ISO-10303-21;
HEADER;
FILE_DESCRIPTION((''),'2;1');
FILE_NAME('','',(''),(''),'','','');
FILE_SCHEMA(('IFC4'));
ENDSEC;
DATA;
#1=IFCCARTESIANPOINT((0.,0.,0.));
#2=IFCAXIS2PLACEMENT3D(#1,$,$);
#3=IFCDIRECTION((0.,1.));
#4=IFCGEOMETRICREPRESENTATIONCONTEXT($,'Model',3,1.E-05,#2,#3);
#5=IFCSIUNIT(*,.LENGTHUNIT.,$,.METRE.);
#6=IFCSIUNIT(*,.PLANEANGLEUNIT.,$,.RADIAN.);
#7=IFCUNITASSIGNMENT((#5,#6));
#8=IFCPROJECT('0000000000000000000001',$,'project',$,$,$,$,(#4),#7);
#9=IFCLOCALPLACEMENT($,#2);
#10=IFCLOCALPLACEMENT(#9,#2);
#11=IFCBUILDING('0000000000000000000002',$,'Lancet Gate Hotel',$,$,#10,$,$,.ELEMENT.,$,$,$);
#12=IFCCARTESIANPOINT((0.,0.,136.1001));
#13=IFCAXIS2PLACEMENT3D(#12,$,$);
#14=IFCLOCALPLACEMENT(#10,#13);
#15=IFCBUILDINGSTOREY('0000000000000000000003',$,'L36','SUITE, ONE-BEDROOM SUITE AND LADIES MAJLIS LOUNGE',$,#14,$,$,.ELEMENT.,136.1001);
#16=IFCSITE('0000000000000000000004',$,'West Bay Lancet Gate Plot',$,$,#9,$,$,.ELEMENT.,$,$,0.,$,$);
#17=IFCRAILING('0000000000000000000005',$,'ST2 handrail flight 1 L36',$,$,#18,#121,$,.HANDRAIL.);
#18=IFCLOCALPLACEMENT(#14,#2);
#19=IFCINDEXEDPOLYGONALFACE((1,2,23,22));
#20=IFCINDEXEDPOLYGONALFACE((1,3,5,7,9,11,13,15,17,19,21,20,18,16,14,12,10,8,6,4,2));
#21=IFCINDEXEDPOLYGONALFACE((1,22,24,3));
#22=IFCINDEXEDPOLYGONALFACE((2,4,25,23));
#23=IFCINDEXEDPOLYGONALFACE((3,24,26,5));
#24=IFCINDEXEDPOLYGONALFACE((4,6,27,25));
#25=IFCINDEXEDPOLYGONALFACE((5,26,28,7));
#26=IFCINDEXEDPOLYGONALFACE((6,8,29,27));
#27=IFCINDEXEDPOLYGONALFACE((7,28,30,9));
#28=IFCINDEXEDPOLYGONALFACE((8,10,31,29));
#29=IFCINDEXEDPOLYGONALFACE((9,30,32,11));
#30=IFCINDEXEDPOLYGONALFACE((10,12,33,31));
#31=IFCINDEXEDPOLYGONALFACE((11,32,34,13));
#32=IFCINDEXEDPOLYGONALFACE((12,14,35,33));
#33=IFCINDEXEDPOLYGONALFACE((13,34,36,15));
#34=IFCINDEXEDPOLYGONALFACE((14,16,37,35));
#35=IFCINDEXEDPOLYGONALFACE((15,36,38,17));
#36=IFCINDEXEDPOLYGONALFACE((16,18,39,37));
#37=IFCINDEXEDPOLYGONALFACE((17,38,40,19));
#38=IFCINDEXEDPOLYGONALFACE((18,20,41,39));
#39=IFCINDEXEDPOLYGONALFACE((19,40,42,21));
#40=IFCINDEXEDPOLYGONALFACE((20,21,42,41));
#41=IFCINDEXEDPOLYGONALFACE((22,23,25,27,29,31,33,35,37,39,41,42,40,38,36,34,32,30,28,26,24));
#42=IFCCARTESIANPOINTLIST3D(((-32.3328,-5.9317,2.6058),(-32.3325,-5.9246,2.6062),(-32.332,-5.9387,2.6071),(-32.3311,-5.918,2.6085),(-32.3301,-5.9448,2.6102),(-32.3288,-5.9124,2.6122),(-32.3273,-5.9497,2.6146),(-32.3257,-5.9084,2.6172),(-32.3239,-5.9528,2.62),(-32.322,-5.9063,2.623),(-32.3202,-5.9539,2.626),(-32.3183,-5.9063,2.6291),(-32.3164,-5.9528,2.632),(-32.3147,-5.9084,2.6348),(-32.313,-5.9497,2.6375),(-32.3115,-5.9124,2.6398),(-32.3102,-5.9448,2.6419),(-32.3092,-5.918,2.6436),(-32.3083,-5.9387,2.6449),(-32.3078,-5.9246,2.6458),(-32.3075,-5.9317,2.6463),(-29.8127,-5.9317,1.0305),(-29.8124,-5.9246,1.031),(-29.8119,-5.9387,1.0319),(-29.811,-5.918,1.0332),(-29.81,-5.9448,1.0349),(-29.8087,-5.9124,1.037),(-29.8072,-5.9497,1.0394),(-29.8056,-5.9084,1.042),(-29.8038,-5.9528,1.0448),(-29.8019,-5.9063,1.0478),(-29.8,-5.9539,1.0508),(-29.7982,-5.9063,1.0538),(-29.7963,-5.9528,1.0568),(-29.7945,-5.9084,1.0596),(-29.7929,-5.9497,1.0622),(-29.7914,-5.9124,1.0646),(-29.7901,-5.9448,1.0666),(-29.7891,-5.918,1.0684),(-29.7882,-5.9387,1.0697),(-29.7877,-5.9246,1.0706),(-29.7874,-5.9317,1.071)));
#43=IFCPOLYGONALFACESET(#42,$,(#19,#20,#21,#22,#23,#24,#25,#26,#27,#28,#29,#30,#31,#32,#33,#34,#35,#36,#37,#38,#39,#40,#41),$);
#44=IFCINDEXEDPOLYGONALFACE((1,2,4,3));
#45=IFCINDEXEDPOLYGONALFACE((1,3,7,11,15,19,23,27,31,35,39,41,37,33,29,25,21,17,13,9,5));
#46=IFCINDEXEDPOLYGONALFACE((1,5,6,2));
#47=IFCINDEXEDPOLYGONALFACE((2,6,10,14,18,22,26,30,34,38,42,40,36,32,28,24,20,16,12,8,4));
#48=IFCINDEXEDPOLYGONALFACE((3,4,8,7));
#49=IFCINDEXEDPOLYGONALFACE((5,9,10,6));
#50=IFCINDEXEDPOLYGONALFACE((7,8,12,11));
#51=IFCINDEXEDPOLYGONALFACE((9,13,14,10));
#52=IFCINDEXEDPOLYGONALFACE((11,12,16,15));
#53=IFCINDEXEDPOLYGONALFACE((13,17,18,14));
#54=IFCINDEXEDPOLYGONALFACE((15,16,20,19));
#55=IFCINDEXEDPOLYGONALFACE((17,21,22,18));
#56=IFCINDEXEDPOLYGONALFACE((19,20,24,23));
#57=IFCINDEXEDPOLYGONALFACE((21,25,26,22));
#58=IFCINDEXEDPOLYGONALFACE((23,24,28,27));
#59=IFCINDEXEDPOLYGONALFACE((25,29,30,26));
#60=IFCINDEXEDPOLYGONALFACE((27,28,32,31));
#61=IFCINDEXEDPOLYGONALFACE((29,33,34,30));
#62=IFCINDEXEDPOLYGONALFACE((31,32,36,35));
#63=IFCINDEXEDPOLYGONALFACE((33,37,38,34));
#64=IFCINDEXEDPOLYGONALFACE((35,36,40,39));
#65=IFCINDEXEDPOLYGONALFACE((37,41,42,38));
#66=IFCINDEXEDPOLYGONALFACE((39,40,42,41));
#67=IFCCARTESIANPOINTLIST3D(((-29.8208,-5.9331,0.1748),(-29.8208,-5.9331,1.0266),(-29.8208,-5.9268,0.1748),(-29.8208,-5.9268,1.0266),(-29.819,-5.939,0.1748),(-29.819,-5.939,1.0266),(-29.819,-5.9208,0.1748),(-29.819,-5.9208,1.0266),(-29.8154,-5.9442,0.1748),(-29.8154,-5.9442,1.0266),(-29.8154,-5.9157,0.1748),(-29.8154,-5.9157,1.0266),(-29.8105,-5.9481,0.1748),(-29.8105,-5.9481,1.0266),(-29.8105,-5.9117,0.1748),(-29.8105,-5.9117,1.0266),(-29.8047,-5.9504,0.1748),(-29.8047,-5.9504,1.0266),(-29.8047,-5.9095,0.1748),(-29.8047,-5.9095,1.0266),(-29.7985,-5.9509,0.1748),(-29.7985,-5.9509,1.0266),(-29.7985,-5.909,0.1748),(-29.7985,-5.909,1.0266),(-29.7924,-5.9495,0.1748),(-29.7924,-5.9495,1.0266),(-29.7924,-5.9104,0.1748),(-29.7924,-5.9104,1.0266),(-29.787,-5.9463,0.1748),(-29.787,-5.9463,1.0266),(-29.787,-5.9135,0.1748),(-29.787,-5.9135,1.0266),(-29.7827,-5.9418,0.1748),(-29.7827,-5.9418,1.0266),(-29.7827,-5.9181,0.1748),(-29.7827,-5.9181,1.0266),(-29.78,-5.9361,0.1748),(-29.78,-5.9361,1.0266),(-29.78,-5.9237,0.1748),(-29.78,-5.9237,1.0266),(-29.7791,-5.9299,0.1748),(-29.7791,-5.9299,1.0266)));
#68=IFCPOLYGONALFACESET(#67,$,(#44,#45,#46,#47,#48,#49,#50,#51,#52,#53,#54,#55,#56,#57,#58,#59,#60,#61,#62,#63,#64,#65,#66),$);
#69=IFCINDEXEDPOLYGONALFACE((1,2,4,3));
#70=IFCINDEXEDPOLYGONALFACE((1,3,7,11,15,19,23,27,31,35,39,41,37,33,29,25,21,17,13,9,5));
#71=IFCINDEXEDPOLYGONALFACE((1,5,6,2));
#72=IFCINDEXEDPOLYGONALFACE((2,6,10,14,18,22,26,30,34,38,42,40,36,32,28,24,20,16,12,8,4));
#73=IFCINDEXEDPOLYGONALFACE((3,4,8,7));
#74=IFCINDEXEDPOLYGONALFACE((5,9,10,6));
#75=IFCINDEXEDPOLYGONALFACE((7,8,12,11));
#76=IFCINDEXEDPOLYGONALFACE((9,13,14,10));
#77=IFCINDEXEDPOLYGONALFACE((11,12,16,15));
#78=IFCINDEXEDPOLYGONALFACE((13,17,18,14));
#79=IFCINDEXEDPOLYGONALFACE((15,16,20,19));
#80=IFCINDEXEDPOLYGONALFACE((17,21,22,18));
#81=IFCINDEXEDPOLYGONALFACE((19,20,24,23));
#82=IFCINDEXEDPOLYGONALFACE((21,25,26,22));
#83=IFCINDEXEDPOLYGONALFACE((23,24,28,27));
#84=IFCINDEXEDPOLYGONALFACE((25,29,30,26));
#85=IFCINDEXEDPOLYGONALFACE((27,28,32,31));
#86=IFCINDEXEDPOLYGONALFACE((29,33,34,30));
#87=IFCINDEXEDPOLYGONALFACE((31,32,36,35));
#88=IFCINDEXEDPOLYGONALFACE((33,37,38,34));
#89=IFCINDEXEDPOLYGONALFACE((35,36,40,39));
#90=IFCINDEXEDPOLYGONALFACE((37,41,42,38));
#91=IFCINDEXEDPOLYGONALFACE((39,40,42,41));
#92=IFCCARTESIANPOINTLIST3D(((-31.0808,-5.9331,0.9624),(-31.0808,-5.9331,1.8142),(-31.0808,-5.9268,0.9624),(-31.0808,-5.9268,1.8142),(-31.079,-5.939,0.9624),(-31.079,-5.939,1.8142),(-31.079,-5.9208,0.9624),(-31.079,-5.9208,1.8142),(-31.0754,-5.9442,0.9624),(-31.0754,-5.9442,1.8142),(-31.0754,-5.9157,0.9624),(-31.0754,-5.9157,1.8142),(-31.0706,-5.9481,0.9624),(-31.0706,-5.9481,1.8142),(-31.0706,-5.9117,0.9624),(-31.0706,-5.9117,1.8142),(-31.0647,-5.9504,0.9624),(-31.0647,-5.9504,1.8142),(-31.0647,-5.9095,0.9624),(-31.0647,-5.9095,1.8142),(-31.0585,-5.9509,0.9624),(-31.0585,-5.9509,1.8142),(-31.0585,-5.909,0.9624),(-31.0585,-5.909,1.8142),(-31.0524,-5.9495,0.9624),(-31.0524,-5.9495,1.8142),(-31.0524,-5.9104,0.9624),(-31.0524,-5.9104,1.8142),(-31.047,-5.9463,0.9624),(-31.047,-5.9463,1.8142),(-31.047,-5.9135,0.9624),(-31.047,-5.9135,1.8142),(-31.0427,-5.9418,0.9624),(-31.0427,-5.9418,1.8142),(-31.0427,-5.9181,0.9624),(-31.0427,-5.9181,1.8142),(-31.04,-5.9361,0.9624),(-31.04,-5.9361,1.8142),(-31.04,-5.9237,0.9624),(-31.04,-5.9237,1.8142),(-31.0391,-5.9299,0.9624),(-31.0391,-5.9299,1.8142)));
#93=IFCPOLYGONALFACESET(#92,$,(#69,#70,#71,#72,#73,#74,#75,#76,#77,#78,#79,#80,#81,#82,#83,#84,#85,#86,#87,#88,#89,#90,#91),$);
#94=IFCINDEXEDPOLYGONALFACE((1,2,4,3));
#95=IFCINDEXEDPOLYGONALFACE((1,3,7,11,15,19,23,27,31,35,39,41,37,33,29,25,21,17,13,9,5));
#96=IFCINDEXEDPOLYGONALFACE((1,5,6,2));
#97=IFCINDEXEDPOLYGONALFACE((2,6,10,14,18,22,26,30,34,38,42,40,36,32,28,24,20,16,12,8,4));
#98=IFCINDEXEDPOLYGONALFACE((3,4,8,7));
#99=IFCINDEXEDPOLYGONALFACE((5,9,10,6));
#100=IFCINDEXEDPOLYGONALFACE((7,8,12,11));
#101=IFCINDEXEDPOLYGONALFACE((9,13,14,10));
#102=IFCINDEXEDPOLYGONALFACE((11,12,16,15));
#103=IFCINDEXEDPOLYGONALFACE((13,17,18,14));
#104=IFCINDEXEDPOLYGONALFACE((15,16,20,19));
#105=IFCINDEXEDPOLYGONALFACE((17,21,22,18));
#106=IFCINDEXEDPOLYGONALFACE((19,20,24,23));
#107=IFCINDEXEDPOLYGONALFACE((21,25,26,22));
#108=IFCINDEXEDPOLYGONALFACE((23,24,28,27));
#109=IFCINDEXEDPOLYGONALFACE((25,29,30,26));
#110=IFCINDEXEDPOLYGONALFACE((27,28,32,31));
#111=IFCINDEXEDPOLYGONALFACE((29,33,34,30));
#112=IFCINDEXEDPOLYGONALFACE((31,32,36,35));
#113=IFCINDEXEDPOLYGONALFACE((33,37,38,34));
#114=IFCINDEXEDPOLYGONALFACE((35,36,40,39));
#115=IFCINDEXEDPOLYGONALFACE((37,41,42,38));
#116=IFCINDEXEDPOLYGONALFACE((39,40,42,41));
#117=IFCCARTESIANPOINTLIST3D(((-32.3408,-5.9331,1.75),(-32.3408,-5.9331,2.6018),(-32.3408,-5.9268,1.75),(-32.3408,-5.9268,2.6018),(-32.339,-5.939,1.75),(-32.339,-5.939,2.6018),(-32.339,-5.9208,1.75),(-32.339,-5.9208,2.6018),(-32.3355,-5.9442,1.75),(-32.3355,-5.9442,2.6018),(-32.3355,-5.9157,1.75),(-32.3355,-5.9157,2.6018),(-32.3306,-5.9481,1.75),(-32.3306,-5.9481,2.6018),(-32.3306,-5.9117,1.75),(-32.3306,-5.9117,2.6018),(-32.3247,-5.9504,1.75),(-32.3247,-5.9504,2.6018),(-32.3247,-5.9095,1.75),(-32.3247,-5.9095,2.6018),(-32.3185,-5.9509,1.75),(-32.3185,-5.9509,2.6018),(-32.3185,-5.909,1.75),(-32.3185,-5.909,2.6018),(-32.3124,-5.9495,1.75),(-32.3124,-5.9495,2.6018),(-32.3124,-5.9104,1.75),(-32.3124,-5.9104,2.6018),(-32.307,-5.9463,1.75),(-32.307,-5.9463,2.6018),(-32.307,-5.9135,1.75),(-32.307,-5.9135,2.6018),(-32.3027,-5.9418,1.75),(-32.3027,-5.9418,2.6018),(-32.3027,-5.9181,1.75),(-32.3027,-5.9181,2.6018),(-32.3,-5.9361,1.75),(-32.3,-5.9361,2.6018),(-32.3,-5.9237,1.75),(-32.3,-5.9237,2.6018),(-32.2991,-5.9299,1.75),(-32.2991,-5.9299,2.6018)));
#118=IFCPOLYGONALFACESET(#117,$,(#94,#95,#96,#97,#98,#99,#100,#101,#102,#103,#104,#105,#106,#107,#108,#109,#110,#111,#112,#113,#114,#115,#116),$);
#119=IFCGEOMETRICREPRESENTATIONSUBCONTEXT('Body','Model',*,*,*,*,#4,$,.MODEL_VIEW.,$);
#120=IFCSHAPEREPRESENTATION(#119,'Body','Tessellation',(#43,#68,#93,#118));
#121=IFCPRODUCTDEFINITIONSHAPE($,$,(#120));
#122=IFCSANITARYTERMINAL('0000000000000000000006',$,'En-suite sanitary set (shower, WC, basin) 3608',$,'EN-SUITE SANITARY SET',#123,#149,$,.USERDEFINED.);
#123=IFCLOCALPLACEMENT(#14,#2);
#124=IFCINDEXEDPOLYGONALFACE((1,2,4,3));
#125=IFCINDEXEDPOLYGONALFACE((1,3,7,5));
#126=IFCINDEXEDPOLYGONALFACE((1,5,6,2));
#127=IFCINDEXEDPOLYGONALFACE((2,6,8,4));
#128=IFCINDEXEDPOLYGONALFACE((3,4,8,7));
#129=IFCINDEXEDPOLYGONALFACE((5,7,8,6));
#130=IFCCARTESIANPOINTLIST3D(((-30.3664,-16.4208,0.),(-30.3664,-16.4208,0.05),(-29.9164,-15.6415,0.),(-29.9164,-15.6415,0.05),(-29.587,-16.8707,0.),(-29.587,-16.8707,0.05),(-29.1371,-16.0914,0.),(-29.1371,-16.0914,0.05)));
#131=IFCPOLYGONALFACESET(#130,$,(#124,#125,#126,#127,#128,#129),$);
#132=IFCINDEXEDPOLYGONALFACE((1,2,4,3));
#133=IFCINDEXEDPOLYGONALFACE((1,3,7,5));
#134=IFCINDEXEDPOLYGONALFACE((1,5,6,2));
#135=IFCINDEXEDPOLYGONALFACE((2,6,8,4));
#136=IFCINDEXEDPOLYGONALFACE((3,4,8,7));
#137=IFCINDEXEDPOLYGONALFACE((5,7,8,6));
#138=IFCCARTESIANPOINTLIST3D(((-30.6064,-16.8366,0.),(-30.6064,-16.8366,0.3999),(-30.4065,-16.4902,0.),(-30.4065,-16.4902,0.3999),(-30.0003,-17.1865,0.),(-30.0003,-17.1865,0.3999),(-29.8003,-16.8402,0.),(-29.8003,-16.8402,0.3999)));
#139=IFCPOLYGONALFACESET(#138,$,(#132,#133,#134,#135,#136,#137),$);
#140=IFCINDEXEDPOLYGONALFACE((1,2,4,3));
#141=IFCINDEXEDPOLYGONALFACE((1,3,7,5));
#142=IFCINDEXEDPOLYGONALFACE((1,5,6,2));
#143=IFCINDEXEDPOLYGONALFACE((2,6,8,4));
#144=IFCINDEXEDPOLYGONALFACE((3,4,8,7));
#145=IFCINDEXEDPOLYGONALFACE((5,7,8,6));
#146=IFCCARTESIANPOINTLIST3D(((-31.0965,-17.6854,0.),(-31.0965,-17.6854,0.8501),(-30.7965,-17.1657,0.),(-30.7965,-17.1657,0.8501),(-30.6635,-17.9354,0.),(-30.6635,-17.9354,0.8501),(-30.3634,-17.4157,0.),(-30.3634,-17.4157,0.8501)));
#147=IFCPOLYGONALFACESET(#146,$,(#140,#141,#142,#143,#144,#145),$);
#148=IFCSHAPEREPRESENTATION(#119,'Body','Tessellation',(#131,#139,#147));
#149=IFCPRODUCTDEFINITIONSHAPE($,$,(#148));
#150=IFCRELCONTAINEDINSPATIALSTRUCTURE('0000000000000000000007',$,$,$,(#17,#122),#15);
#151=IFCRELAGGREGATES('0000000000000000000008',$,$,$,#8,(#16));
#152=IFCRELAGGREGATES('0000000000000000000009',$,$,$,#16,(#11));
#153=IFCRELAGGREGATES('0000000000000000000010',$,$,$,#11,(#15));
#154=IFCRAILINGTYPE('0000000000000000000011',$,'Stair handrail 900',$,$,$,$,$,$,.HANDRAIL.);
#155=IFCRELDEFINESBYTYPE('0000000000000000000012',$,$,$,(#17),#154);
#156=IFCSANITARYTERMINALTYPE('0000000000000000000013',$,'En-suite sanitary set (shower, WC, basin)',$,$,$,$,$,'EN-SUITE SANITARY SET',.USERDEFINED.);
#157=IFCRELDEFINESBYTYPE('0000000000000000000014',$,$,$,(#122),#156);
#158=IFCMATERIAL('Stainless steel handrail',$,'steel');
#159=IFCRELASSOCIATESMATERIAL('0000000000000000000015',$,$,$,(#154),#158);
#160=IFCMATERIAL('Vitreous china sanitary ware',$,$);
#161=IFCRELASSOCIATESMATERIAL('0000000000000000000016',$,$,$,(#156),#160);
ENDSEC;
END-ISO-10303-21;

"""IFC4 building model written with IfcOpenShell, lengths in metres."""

from ifc_helpers import new_model, si_unit, direction, frame, origin, origin_2d, place, context, subcontext, project, spatial, rectangle, circle, extrude, material, type_object, element, save


model = new_model("IFC4")

# Units and contexts
model_context = context("Model", 3, precision=1e-05, world=origin(), true_north=direction((0.0, 1.0)))
body_context = subcontext(model_context, "Body", "Model", "MODEL_VIEW")
ifc_project = project(units=[si_unit("LENGTHUNIT", "METRE"), si_unit("PLANEANGLEUNIT", "RADIAN")], contexts=[model_context])

# Site, building, storey
site_placement = place(None, origin())
site = spatial("IfcSite", under=ifc_project, at=site_placement, Name="West Bay Lancet Gate Plot", CompositionType="ELEMENT", RefElevation=0.0)
building_placement = place(site_placement, origin())
building = spatial("IfcBuilding", under=site, at=building_placement, Name="Lancet Gate Hotel", CompositionType="ELEMENT")
storey_placement = place(building_placement, frame((0.0, 0.0, 136.1001)))
storey = spatial("IfcBuildingStorey", under=building, at=storey_placement, Name="L36", Description="SUITE, ONE-BEDROOM SUITE AND LADIES MAJLIS LOUNGE", CompositionType="ELEMENT", Elevation=136.1001)

# Railing
ifc_material_1 = material(Name="Stainless steel handrail", Category="steel")
railing_type = type_object("IfcRailingType", Name="Stair handrail 900", PredefinedType="HANDRAIL", material=ifc_material_1)
railing_placement = place(storey_placement, frame((-29.8, -5.9299, 0.1748)))
element("IfcRailing", 1, at=railing_placement, inside=storey, type_object=railing_type, Name="ST2 handrail flight 1 L36", PredefinedType="HANDRAIL", context=body_context, shape_type="SweptSolid", body=[
    extrude(circle(Radius=0.0239, at=origin_2d()), frame((0.0, 0.0, 0.876), z_axis=(-0.847971, 0.0, 0.530043), x_axis=(0.0, -1.0, 0.0)), (0.0, 0.0, 1.0), 2.9719),
    extrude(circle(Radius=0.021, at=origin_2d()), origin(), (0.0, 0.0, 1.0), 0.8518),
    extrude(circle(Radius=0.021, at=origin_2d()), frame((-1.26, 0.0, 0.7876)), (0.0, 0.0, 1.0), 0.8518),
    extrude(circle(Radius=0.021, at=origin_2d()), frame((-2.52, 0.0, 1.5752)), (0.0, 0.0, 1.0), 0.8518),
])

# Sanitary terminal
ifc_material_2 = material(Name="Vitreous china sanitary ware")
sanitary_terminal_type = type_object("IfcSanitaryTerminalType", Name="En-suite sanitary set (shower, WC, basin)", ElementType="EN-SUITE SANITARY SET", PredefinedType="USERDEFINED", material=ifc_material_2)
sanitary_terminal_placement = place(storey_placement, frame((-29.7517, -16.2561, 0.0), z_axis=(0.0, 0.0, 1.0), x_axis=(1.0, 0.0, 0.0)))
element("IfcSanitaryTerminal", 2, at=sanitary_terminal_placement, inside=storey, type_object=sanitary_terminal_type, Name="En-suite sanitary set (shower, WC, basin) 3608", ObjectType="EN-SUITE SANITARY SET", PredefinedType="USERDEFINED", context=body_context, shape_type="SweptSolid", body=[
    extrude(rectangle(XDim=0.8999, YDim=0.8999, at=origin_2d()), frame((0.0, 0.0, 0.0), z_axis=(0.0, 0.0, 1.0), x_axis=(0.5, 0.866025, 0.0)), (0.0, 0.0, 1.0), 0.05),
    extrude(rectangle(XDim=0.3999, YDim=0.7, at=origin_2d()), frame((-0.4517, -0.5823, 0.0), z_axis=(0.0, 0.0, 1.0), x_axis=(0.5, 0.866025, 0.0)), (0.0, 0.0, 1.0), 0.3999),
    extrude(rectangle(XDim=0.6001, YDim=0.5, at=origin_2d()), frame((-0.9783, -1.2944, 0.0), z_axis=(0.0, 0.0, 1.0), x_axis=(0.5, 0.866025, 0.0)), (0.0, 0.0, 1.0), 0.8501),
])

save(model, "model.ifc")
